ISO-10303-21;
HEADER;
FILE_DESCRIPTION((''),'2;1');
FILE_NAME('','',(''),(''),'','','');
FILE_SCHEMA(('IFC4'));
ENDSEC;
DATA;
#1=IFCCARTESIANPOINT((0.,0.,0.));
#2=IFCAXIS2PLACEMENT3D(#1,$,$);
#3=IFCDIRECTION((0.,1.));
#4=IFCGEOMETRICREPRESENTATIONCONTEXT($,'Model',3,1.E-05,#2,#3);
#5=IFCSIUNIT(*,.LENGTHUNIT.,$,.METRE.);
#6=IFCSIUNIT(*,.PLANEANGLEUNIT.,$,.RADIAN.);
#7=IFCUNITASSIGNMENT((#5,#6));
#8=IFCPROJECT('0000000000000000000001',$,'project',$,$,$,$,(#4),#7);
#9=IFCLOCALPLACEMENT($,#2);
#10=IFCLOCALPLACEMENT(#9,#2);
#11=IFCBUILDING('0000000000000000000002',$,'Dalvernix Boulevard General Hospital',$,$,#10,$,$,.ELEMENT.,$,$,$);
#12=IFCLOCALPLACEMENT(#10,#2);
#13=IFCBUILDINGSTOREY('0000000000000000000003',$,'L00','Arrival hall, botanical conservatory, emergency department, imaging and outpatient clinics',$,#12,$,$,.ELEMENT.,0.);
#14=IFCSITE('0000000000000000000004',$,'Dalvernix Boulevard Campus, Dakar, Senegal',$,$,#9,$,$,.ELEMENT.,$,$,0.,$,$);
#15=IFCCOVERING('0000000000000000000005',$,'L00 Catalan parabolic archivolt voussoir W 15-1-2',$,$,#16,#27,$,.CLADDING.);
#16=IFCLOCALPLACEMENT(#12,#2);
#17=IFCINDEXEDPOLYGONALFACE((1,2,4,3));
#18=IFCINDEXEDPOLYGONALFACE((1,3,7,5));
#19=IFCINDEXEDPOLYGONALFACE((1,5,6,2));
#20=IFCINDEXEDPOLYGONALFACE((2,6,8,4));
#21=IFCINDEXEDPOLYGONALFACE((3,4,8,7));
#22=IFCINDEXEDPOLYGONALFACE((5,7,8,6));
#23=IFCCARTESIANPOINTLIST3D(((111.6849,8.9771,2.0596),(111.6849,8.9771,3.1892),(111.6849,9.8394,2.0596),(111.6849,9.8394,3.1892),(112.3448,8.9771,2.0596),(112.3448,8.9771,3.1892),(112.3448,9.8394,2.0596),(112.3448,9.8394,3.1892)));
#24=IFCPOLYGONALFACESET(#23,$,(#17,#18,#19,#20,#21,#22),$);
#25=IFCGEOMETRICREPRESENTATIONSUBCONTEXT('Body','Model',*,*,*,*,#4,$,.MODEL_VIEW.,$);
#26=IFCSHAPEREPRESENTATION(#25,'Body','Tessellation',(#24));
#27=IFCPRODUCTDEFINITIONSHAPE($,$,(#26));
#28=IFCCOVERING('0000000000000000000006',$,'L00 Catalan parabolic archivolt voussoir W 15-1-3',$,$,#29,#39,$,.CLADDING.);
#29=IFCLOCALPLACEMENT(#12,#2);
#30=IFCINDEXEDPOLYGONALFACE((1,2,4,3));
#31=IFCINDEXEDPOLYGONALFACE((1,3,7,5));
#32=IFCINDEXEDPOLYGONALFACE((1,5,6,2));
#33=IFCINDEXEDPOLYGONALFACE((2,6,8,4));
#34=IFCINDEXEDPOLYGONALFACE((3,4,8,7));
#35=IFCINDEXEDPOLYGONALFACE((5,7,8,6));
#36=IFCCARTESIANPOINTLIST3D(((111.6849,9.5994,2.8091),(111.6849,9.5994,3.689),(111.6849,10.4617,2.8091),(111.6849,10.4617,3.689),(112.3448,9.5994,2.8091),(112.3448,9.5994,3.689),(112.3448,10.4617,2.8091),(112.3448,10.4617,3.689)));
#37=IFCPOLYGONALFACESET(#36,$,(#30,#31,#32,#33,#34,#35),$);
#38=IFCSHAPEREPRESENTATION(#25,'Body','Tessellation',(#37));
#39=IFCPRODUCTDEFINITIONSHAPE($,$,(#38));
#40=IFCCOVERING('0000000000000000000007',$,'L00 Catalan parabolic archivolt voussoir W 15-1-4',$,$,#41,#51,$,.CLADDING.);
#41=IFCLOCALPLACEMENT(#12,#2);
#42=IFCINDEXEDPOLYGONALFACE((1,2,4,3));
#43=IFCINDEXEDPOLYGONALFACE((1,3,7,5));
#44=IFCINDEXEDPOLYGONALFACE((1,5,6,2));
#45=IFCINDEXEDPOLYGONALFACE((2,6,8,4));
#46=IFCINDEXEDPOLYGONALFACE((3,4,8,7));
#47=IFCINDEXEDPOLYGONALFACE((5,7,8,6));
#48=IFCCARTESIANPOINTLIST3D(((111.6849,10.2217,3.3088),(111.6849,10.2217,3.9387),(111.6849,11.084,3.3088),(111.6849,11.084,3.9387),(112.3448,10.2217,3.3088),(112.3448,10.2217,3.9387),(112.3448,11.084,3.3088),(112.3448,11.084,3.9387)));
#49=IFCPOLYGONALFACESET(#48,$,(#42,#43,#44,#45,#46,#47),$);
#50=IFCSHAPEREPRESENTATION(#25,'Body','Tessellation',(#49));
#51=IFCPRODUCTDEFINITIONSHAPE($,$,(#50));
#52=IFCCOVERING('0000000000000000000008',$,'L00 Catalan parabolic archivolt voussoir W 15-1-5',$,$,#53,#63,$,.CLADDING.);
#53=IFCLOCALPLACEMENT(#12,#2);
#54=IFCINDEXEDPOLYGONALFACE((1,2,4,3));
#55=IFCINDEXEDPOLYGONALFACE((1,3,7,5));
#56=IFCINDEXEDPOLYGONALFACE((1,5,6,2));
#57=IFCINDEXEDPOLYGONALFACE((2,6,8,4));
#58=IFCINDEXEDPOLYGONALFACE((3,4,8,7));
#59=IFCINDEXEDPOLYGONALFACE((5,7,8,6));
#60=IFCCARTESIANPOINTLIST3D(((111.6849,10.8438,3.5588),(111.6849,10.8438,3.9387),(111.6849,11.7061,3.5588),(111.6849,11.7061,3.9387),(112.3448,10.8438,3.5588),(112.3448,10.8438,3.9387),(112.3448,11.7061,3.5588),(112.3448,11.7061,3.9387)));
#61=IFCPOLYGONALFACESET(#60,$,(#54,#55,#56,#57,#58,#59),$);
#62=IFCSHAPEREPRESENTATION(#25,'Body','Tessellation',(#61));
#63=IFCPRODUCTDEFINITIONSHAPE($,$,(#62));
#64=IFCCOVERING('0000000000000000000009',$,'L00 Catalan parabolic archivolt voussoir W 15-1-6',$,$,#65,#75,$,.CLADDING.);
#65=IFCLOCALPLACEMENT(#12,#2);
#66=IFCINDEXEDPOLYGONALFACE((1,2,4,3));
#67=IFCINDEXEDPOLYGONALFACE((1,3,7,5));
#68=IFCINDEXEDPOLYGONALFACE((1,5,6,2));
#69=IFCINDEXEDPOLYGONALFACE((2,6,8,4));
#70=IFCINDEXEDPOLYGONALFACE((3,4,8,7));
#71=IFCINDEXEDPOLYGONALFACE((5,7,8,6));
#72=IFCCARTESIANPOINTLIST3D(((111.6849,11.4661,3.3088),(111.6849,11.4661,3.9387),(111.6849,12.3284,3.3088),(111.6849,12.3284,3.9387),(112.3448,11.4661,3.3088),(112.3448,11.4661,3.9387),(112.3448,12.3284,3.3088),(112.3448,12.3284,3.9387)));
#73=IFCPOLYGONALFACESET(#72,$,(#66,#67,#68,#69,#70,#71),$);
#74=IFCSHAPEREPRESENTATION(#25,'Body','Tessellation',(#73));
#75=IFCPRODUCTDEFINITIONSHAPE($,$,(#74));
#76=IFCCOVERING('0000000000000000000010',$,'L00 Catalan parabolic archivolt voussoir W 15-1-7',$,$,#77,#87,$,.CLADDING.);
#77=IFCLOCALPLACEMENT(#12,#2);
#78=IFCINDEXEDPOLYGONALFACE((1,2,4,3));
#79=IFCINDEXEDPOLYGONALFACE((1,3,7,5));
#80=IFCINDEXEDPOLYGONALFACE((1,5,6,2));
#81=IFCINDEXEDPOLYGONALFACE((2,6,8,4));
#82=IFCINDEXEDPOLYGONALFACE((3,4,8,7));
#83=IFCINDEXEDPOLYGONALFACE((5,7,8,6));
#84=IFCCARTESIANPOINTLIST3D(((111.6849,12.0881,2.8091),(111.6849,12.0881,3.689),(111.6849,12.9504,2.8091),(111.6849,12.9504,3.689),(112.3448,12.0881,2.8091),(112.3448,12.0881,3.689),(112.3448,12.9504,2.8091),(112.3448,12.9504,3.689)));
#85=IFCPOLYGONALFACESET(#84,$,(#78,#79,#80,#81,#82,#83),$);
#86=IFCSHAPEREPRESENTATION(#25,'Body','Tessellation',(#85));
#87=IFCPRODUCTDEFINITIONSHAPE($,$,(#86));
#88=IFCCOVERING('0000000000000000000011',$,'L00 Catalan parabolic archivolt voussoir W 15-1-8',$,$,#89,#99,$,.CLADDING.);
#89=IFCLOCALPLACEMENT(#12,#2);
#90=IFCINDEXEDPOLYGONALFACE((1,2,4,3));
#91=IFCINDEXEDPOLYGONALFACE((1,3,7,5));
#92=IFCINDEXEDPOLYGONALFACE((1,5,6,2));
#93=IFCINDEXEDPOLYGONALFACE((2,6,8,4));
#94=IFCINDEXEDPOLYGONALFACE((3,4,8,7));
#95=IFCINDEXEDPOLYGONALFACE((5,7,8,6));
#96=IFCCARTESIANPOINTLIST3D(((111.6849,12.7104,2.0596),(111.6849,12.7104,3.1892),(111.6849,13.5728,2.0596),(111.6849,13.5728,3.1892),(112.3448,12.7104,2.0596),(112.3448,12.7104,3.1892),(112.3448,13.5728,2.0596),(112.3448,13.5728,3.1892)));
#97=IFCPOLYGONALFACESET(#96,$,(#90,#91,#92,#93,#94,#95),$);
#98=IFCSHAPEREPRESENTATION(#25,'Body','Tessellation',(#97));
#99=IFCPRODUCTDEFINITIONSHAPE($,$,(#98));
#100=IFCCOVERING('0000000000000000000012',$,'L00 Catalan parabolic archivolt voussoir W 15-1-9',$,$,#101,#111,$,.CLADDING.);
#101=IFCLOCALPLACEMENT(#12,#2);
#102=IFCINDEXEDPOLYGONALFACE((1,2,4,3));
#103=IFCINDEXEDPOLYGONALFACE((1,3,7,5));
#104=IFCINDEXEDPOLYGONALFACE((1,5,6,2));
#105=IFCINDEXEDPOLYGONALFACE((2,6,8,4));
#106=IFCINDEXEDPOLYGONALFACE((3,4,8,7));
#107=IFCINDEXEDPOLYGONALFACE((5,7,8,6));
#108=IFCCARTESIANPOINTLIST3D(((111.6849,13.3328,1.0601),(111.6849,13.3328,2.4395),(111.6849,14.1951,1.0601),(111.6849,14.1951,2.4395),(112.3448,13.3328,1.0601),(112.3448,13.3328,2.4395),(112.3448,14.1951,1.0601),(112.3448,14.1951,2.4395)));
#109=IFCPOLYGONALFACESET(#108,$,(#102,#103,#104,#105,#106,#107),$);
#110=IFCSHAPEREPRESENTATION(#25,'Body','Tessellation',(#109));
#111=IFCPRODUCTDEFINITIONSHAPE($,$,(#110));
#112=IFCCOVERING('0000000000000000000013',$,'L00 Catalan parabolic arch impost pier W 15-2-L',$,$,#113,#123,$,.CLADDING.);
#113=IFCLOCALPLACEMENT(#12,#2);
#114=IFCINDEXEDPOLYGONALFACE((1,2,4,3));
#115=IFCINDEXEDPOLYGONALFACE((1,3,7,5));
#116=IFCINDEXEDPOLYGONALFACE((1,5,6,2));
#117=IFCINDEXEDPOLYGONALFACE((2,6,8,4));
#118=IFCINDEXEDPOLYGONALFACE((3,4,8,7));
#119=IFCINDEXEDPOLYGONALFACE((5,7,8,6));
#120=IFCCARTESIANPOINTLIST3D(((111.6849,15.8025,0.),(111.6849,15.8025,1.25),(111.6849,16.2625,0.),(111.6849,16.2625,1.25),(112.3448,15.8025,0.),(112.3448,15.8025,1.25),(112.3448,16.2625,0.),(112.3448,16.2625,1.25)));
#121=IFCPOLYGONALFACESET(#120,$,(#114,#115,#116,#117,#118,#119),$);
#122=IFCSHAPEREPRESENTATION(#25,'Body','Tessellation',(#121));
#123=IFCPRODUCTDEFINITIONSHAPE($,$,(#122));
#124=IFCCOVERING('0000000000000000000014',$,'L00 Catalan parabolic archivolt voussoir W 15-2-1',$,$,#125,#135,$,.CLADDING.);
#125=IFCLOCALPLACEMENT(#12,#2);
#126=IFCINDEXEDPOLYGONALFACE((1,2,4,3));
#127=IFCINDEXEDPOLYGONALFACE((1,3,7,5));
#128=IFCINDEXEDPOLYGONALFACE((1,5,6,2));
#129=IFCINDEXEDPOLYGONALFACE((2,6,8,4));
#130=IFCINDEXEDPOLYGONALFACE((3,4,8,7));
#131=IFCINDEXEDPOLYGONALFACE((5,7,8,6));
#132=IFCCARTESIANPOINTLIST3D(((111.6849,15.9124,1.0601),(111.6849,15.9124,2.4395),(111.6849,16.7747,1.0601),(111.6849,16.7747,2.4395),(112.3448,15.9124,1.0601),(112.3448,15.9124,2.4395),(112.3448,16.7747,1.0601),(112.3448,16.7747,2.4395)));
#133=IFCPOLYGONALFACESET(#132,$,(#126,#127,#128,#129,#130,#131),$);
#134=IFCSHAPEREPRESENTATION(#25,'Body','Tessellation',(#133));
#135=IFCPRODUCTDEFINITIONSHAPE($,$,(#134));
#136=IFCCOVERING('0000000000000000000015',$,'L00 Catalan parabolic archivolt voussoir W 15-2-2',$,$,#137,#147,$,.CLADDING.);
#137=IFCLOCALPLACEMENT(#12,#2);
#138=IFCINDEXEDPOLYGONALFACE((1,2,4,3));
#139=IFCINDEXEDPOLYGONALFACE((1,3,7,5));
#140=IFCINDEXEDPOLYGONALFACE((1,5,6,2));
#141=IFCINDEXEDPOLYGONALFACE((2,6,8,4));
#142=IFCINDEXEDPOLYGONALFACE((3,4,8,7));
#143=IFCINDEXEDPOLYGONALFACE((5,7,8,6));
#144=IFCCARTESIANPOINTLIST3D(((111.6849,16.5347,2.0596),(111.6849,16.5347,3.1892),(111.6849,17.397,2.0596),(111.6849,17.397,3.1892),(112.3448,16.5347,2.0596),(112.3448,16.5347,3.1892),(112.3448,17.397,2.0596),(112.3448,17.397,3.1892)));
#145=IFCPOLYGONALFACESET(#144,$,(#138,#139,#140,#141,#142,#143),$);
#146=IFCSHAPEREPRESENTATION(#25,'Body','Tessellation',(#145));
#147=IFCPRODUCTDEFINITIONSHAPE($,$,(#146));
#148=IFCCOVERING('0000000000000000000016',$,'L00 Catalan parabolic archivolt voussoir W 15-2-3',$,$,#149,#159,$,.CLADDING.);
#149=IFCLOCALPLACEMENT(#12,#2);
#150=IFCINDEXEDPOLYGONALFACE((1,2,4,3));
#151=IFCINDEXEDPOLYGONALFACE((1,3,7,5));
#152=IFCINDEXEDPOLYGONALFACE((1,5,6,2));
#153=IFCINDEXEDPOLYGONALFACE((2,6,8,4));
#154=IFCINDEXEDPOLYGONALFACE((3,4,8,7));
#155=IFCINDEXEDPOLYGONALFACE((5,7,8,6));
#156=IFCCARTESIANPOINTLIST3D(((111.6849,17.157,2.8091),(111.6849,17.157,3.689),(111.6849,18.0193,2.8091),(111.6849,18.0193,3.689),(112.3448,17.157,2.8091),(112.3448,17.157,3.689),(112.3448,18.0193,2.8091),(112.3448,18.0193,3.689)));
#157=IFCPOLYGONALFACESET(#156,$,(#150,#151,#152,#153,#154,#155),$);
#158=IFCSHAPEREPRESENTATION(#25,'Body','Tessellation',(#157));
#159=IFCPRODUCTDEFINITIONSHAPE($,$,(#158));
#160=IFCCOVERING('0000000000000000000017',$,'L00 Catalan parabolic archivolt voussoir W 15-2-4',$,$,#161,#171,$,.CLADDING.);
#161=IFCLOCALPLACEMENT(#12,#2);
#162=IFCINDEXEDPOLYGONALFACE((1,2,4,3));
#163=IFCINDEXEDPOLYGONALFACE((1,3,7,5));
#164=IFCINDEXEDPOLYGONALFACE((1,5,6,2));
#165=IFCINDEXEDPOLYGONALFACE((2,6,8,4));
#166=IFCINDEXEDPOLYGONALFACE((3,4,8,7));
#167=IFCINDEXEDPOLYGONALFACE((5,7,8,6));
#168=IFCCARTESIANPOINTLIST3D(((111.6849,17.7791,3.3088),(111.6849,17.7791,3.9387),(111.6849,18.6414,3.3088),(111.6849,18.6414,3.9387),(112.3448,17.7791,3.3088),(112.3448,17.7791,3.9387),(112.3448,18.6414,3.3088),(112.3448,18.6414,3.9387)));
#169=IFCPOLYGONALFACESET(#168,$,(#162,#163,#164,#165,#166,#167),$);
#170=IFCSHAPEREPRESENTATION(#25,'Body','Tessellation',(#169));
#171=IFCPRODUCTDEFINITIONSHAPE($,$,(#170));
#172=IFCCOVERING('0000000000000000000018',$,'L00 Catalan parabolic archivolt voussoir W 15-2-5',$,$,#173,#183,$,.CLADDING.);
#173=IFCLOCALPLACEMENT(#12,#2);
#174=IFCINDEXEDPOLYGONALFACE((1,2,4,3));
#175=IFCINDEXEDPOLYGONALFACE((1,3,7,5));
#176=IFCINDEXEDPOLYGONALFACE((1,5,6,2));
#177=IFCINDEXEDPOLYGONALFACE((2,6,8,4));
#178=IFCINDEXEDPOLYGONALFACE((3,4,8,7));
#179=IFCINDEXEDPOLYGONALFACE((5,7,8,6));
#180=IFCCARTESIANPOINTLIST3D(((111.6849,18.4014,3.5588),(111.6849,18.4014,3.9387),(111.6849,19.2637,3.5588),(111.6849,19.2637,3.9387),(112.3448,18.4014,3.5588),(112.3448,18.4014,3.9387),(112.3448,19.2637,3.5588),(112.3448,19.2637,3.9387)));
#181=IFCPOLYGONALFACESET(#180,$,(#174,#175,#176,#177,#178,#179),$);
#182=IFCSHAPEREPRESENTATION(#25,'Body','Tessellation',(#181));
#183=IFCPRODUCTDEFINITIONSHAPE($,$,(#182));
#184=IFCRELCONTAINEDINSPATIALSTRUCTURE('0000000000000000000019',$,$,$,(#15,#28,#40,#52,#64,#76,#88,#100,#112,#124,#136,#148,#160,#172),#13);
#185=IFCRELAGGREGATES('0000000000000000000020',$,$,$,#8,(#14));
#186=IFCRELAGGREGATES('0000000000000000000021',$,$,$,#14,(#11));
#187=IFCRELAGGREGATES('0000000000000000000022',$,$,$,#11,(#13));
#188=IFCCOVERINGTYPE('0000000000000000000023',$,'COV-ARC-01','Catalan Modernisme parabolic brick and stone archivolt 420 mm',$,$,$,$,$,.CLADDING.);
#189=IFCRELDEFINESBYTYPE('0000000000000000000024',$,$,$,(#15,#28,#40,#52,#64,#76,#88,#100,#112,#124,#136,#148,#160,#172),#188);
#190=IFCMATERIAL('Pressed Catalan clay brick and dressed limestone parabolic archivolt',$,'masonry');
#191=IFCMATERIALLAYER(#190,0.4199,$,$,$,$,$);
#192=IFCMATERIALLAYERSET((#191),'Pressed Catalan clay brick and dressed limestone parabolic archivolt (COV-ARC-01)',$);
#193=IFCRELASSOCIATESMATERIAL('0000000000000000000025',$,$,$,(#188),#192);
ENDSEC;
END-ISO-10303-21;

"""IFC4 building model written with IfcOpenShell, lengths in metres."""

from ifc_helpers import new_model, si_unit, direction, frame, origin, origin_2d, place, context, subcontext, project, spatial, rectangle, extrude, material, layer, layer_set, type_object, element, save


model = new_model("IFC4")

# Units and contexts
model_context = context("Model", 3, precision=1e-05, world=origin(), true_north=direction((0.0, 1.0)))
body_context = subcontext(model_context, "Body", "Model", "MODEL_VIEW")
ifc_project = project(units=[si_unit("LENGTHUNIT", "METRE"), si_unit("PLANEANGLEUNIT", "RADIAN")], contexts=[model_context])

# Site, building, storey
site_placement = place(None, origin())
site = spatial("IfcSite", under=ifc_project, at=site_placement, Name="Dalvernix Boulevard Campus, Dakar, Senegal", CompositionType="ELEMENT", RefElevation=0.0)
building_placement = place(site_placement, origin())
building = spatial("IfcBuilding", under=site, at=building_placement, Name="Dalvernix Boulevard General Hospital", CompositionType="ELEMENT")
storey_placement = place(building_placement, origin())
storey = spatial("IfcBuildingStorey", under=building, at=storey_placement, Name="L00", Description="Arrival hall, botanical conservatory, emergency department, imaging and outpatient clinics", CompositionType="ELEMENT", Elevation=0.0)

# Coverings
ifc_material_1 = material(Name="Pressed Catalan clay brick and dressed limestone parabolic archivolt", Category="masonry")
ifc_layer_1 = layer(ifc_material_1, 0.4199)
ifc_layer_set_1 = layer_set([ifc_layer_1], Name="Pressed Catalan clay brick and dressed limestone parabolic archivolt (COV-ARC-01)")
covering_type = type_object("IfcCoveringType", Name="COV-ARC-01", Description="Catalan Modernisme parabolic brick and stone archivolt 420 mm", PredefinedType="CLADDING", material=ifc_layer_set_1)
covering_1_placement = place(storey_placement, frame((112.0149, 9.4082, 2.0596), z_axis=(0.0, 0.0, 1.0), x_axis=(0.0, 1.0, 0.0)))
element("IfcCovering", 1, at=covering_1_placement, inside=storey, type_object=covering_type, Name="L00 Catalan parabolic archivolt voussoir W 15-1-2", PredefinedType="CLADDING", context=body_context, shape_type="SweptSolid", body=[
    extrude(rectangle(XDim=0.8623, YDim=0.6599, at=origin_2d()), origin(), (0.0, 0.0, 1.0), 1.1296),
])
covering_2_placement = place(storey_placement, frame((112.0149, 10.0305, 2.8091), z_axis=(0.0, 0.0, 1.0), x_axis=(0.0, 1.0, 0.0)))
element("IfcCovering", 2, at=covering_2_placement, inside=storey, type_object=covering_type, Name="L00 Catalan parabolic archivolt voussoir W 15-1-3", PredefinedType="CLADDING", context=body_context, shape_type="SweptSolid", body=[
    extrude(rectangle(XDim=0.8623, YDim=0.6599, at=origin_2d()), origin(), (0.0, 0.0, 1.0), 0.8799),
])
covering_3_placement = place(storey_placement, frame((112.0149, 10.6528, 3.3088), z_axis=(0.0, 0.0, 1.0), x_axis=(0.0, 1.0, 0.0)))
element("IfcCovering", 3, at=covering_3_placement, inside=storey, type_object=covering_type, Name="L00 Catalan parabolic archivolt voussoir W 15-1-4", PredefinedType="CLADDING", context=body_context, shape_type="SweptSolid", body=[
    extrude(rectangle(XDim=0.8623, YDim=0.6599, at=origin_2d()), origin(), (0.0, 0.0, 1.0), 0.6299),
])
covering_4_placement = place(storey_placement, frame((112.0149, 11.2749, 3.5588), z_axis=(0.0, 0.0, 1.0), x_axis=(0.0, 1.0, 0.0)))
element("IfcCovering", 4, at=covering_4_placement, inside=storey, type_object=covering_type, Name="L00 Catalan parabolic archivolt voussoir W 15-1-5", PredefinedType="CLADDING", context=body_context, shape_type="SweptSolid", body=[
    extrude(rectangle(XDim=0.8623, YDim=0.6599, at=origin_2d()), origin(), (0.0, 0.0, 1.0), 0.3799),
])
covering_5_placement = place(storey_placement, frame((112.0149, 11.8972, 3.3088), z_axis=(0.0, 0.0, 1.0), x_axis=(0.0, 1.0, 0.0)))
element("IfcCovering", 5, at=covering_5_placement, inside=storey, type_object=covering_type, Name="L00 Catalan parabolic archivolt voussoir W 15-1-6", PredefinedType="CLADDING", context=body_context, shape_type="SweptSolid", body=[
    extrude(rectangle(XDim=0.8623, YDim=0.6599, at=origin_2d()), origin(), (0.0, 0.0, 1.0), 0.6299),
])
covering_6_placement = place(storey_placement, frame((112.0149, 12.5193, 2.8091), z_axis=(0.0, 0.0, 1.0), x_axis=(0.0, 1.0, 0.0)))
element("IfcCovering", 6, at=covering_6_placement, inside=storey, type_object=covering_type, Name="L00 Catalan parabolic archivolt voussoir W 15-1-7", PredefinedType="CLADDING", context=body_context, shape_type="SweptSolid", body=[
    extrude(rectangle(XDim=0.8623, YDim=0.6599, at=origin_2d()), origin(), (0.0, 0.0, 1.0), 0.8799),
])
covering_7_placement = place(storey_placement, frame((112.0149, 13.1416, 2.0596), z_axis=(0.0, 0.0, 1.0), x_axis=(0.0, 1.0, 0.0)))
element("IfcCovering", 7, at=covering_7_placement, inside=storey, type_object=covering_type, Name="L00 Catalan parabolic archivolt voussoir W 15-1-8", PredefinedType="CLADDING", context=body_context, shape_type="SweptSolid", body=[
    extrude(rectangle(XDim=0.8623, YDim=0.6599, at=origin_2d()), origin(), (0.0, 0.0, 1.0), 1.1296),
])
covering_8_placement = place(storey_placement, frame((112.0149, 13.7639, 1.0601), z_axis=(0.0, 0.0, 1.0), x_axis=(0.0, 1.0, 0.0)))
element("IfcCovering", 8, at=covering_8_placement, inside=storey, type_object=covering_type, Name="L00 Catalan parabolic archivolt voussoir W 15-1-9", PredefinedType="CLADDING", context=body_context, shape_type="SweptSolid", body=[
    extrude(rectangle(XDim=0.8623, YDim=0.6599, at=origin_2d()), origin(), (0.0, 0.0, 1.0), 1.3794),
])
covering_9_placement = place(storey_placement, frame((112.0149, 16.0325, 0.0), z_axis=(0.0, 0.0, 1.0), x_axis=(0.0, 1.0, 0.0)))
element("IfcCovering", 9, at=covering_9_placement, inside=storey, type_object=covering_type, Name="L00 Catalan parabolic arch impost pier W 15-2-L", PredefinedType="CLADDING", context=body_context, shape_type="SweptSolid", body=[
    extrude(rectangle(XDim=0.46, YDim=0.6599, at=origin_2d()), origin(), (0.0, 0.0, 1.0), 1.25),
])
covering_10_placement = place(storey_placement, frame((112.0149, 16.3435, 1.0601), z_axis=(0.0, 0.0, 1.0), x_axis=(0.0, 1.0, 0.0)))
element("IfcCovering", 10, at=covering_10_placement, inside=storey, type_object=covering_type, Name="L00 Catalan parabolic archivolt voussoir W 15-2-1", PredefinedType="CLADDING", context=body_context, shape_type="SweptSolid", body=[
    extrude(rectangle(XDim=0.8623, YDim=0.6599, at=origin_2d()), origin(), (0.0, 0.0, 1.0), 1.3794),
])
covering_11_placement = place(storey_placement, frame((112.0149, 16.9658, 2.0596), z_axis=(0.0, 0.0, 1.0), x_axis=(0.0, 1.0, 0.0)))
element("IfcCovering", 11, at=covering_11_placement, inside=storey, type_object=covering_type, Name="L00 Catalan parabolic archivolt voussoir W 15-2-2", PredefinedType="CLADDING", context=body_context, shape_type="SweptSolid", body=[
    extrude(rectangle(XDim=0.8623, YDim=0.6599, at=origin_2d()), origin(), (0.0, 0.0, 1.0), 1.1296),
])
covering_12_placement = place(storey_placement, frame((112.0149, 17.5881, 2.8091), z_axis=(0.0, 0.0, 1.0), x_axis=(0.0, 1.0, 0.0)))
element("IfcCovering", 12, at=covering_12_placement, inside=storey, type_object=covering_type, Name="L00 Catalan parabolic archivolt voussoir W 15-2-3", PredefinedType="CLADDING", context=body_context, shape_type="SweptSolid", body=[
    extrude(rectangle(XDim=0.8623, YDim=0.6599, at=origin_2d()), origin(), (0.0, 0.0, 1.0), 0.8799),
])
covering_13_placement = place(storey_placement, frame((112.0149, 18.2102, 3.3088), z_axis=(0.0, 0.0, 1.0), x_axis=(0.0, 1.0, 0.0)))
element("IfcCovering", 13, at=covering_13_placement, inside=storey, type_object=covering_type, Name="L00 Catalan parabolic archivolt voussoir W 15-2-4", PredefinedType="CLADDING", context=body_context, shape_type="SweptSolid", body=[
    extrude(rectangle(XDim=0.8623, YDim=0.6599, at=origin_2d()), origin(), (0.0, 0.0, 1.0), 0.6299),
])
covering_14_placement = place(storey_placement, frame((112.0149, 18.8325, 3.5588), z_axis=(0.0, 0.0, 1.0), x_axis=(0.0, 1.0, 0.0)))
element("IfcCovering", 14, at=covering_14_placement, inside=storey, type_object=covering_type, Name="L00 Catalan parabolic archivolt voussoir W 15-2-5", PredefinedType="CLADDING", context=body_context, shape_type="SweptSolid", body=[
    extrude(rectangle(XDim=0.8623, YDim=0.6599, at=origin_2d()), origin(), (0.0, 0.0, 1.0), 0.3799),
])

save(model, "model.ifc")
